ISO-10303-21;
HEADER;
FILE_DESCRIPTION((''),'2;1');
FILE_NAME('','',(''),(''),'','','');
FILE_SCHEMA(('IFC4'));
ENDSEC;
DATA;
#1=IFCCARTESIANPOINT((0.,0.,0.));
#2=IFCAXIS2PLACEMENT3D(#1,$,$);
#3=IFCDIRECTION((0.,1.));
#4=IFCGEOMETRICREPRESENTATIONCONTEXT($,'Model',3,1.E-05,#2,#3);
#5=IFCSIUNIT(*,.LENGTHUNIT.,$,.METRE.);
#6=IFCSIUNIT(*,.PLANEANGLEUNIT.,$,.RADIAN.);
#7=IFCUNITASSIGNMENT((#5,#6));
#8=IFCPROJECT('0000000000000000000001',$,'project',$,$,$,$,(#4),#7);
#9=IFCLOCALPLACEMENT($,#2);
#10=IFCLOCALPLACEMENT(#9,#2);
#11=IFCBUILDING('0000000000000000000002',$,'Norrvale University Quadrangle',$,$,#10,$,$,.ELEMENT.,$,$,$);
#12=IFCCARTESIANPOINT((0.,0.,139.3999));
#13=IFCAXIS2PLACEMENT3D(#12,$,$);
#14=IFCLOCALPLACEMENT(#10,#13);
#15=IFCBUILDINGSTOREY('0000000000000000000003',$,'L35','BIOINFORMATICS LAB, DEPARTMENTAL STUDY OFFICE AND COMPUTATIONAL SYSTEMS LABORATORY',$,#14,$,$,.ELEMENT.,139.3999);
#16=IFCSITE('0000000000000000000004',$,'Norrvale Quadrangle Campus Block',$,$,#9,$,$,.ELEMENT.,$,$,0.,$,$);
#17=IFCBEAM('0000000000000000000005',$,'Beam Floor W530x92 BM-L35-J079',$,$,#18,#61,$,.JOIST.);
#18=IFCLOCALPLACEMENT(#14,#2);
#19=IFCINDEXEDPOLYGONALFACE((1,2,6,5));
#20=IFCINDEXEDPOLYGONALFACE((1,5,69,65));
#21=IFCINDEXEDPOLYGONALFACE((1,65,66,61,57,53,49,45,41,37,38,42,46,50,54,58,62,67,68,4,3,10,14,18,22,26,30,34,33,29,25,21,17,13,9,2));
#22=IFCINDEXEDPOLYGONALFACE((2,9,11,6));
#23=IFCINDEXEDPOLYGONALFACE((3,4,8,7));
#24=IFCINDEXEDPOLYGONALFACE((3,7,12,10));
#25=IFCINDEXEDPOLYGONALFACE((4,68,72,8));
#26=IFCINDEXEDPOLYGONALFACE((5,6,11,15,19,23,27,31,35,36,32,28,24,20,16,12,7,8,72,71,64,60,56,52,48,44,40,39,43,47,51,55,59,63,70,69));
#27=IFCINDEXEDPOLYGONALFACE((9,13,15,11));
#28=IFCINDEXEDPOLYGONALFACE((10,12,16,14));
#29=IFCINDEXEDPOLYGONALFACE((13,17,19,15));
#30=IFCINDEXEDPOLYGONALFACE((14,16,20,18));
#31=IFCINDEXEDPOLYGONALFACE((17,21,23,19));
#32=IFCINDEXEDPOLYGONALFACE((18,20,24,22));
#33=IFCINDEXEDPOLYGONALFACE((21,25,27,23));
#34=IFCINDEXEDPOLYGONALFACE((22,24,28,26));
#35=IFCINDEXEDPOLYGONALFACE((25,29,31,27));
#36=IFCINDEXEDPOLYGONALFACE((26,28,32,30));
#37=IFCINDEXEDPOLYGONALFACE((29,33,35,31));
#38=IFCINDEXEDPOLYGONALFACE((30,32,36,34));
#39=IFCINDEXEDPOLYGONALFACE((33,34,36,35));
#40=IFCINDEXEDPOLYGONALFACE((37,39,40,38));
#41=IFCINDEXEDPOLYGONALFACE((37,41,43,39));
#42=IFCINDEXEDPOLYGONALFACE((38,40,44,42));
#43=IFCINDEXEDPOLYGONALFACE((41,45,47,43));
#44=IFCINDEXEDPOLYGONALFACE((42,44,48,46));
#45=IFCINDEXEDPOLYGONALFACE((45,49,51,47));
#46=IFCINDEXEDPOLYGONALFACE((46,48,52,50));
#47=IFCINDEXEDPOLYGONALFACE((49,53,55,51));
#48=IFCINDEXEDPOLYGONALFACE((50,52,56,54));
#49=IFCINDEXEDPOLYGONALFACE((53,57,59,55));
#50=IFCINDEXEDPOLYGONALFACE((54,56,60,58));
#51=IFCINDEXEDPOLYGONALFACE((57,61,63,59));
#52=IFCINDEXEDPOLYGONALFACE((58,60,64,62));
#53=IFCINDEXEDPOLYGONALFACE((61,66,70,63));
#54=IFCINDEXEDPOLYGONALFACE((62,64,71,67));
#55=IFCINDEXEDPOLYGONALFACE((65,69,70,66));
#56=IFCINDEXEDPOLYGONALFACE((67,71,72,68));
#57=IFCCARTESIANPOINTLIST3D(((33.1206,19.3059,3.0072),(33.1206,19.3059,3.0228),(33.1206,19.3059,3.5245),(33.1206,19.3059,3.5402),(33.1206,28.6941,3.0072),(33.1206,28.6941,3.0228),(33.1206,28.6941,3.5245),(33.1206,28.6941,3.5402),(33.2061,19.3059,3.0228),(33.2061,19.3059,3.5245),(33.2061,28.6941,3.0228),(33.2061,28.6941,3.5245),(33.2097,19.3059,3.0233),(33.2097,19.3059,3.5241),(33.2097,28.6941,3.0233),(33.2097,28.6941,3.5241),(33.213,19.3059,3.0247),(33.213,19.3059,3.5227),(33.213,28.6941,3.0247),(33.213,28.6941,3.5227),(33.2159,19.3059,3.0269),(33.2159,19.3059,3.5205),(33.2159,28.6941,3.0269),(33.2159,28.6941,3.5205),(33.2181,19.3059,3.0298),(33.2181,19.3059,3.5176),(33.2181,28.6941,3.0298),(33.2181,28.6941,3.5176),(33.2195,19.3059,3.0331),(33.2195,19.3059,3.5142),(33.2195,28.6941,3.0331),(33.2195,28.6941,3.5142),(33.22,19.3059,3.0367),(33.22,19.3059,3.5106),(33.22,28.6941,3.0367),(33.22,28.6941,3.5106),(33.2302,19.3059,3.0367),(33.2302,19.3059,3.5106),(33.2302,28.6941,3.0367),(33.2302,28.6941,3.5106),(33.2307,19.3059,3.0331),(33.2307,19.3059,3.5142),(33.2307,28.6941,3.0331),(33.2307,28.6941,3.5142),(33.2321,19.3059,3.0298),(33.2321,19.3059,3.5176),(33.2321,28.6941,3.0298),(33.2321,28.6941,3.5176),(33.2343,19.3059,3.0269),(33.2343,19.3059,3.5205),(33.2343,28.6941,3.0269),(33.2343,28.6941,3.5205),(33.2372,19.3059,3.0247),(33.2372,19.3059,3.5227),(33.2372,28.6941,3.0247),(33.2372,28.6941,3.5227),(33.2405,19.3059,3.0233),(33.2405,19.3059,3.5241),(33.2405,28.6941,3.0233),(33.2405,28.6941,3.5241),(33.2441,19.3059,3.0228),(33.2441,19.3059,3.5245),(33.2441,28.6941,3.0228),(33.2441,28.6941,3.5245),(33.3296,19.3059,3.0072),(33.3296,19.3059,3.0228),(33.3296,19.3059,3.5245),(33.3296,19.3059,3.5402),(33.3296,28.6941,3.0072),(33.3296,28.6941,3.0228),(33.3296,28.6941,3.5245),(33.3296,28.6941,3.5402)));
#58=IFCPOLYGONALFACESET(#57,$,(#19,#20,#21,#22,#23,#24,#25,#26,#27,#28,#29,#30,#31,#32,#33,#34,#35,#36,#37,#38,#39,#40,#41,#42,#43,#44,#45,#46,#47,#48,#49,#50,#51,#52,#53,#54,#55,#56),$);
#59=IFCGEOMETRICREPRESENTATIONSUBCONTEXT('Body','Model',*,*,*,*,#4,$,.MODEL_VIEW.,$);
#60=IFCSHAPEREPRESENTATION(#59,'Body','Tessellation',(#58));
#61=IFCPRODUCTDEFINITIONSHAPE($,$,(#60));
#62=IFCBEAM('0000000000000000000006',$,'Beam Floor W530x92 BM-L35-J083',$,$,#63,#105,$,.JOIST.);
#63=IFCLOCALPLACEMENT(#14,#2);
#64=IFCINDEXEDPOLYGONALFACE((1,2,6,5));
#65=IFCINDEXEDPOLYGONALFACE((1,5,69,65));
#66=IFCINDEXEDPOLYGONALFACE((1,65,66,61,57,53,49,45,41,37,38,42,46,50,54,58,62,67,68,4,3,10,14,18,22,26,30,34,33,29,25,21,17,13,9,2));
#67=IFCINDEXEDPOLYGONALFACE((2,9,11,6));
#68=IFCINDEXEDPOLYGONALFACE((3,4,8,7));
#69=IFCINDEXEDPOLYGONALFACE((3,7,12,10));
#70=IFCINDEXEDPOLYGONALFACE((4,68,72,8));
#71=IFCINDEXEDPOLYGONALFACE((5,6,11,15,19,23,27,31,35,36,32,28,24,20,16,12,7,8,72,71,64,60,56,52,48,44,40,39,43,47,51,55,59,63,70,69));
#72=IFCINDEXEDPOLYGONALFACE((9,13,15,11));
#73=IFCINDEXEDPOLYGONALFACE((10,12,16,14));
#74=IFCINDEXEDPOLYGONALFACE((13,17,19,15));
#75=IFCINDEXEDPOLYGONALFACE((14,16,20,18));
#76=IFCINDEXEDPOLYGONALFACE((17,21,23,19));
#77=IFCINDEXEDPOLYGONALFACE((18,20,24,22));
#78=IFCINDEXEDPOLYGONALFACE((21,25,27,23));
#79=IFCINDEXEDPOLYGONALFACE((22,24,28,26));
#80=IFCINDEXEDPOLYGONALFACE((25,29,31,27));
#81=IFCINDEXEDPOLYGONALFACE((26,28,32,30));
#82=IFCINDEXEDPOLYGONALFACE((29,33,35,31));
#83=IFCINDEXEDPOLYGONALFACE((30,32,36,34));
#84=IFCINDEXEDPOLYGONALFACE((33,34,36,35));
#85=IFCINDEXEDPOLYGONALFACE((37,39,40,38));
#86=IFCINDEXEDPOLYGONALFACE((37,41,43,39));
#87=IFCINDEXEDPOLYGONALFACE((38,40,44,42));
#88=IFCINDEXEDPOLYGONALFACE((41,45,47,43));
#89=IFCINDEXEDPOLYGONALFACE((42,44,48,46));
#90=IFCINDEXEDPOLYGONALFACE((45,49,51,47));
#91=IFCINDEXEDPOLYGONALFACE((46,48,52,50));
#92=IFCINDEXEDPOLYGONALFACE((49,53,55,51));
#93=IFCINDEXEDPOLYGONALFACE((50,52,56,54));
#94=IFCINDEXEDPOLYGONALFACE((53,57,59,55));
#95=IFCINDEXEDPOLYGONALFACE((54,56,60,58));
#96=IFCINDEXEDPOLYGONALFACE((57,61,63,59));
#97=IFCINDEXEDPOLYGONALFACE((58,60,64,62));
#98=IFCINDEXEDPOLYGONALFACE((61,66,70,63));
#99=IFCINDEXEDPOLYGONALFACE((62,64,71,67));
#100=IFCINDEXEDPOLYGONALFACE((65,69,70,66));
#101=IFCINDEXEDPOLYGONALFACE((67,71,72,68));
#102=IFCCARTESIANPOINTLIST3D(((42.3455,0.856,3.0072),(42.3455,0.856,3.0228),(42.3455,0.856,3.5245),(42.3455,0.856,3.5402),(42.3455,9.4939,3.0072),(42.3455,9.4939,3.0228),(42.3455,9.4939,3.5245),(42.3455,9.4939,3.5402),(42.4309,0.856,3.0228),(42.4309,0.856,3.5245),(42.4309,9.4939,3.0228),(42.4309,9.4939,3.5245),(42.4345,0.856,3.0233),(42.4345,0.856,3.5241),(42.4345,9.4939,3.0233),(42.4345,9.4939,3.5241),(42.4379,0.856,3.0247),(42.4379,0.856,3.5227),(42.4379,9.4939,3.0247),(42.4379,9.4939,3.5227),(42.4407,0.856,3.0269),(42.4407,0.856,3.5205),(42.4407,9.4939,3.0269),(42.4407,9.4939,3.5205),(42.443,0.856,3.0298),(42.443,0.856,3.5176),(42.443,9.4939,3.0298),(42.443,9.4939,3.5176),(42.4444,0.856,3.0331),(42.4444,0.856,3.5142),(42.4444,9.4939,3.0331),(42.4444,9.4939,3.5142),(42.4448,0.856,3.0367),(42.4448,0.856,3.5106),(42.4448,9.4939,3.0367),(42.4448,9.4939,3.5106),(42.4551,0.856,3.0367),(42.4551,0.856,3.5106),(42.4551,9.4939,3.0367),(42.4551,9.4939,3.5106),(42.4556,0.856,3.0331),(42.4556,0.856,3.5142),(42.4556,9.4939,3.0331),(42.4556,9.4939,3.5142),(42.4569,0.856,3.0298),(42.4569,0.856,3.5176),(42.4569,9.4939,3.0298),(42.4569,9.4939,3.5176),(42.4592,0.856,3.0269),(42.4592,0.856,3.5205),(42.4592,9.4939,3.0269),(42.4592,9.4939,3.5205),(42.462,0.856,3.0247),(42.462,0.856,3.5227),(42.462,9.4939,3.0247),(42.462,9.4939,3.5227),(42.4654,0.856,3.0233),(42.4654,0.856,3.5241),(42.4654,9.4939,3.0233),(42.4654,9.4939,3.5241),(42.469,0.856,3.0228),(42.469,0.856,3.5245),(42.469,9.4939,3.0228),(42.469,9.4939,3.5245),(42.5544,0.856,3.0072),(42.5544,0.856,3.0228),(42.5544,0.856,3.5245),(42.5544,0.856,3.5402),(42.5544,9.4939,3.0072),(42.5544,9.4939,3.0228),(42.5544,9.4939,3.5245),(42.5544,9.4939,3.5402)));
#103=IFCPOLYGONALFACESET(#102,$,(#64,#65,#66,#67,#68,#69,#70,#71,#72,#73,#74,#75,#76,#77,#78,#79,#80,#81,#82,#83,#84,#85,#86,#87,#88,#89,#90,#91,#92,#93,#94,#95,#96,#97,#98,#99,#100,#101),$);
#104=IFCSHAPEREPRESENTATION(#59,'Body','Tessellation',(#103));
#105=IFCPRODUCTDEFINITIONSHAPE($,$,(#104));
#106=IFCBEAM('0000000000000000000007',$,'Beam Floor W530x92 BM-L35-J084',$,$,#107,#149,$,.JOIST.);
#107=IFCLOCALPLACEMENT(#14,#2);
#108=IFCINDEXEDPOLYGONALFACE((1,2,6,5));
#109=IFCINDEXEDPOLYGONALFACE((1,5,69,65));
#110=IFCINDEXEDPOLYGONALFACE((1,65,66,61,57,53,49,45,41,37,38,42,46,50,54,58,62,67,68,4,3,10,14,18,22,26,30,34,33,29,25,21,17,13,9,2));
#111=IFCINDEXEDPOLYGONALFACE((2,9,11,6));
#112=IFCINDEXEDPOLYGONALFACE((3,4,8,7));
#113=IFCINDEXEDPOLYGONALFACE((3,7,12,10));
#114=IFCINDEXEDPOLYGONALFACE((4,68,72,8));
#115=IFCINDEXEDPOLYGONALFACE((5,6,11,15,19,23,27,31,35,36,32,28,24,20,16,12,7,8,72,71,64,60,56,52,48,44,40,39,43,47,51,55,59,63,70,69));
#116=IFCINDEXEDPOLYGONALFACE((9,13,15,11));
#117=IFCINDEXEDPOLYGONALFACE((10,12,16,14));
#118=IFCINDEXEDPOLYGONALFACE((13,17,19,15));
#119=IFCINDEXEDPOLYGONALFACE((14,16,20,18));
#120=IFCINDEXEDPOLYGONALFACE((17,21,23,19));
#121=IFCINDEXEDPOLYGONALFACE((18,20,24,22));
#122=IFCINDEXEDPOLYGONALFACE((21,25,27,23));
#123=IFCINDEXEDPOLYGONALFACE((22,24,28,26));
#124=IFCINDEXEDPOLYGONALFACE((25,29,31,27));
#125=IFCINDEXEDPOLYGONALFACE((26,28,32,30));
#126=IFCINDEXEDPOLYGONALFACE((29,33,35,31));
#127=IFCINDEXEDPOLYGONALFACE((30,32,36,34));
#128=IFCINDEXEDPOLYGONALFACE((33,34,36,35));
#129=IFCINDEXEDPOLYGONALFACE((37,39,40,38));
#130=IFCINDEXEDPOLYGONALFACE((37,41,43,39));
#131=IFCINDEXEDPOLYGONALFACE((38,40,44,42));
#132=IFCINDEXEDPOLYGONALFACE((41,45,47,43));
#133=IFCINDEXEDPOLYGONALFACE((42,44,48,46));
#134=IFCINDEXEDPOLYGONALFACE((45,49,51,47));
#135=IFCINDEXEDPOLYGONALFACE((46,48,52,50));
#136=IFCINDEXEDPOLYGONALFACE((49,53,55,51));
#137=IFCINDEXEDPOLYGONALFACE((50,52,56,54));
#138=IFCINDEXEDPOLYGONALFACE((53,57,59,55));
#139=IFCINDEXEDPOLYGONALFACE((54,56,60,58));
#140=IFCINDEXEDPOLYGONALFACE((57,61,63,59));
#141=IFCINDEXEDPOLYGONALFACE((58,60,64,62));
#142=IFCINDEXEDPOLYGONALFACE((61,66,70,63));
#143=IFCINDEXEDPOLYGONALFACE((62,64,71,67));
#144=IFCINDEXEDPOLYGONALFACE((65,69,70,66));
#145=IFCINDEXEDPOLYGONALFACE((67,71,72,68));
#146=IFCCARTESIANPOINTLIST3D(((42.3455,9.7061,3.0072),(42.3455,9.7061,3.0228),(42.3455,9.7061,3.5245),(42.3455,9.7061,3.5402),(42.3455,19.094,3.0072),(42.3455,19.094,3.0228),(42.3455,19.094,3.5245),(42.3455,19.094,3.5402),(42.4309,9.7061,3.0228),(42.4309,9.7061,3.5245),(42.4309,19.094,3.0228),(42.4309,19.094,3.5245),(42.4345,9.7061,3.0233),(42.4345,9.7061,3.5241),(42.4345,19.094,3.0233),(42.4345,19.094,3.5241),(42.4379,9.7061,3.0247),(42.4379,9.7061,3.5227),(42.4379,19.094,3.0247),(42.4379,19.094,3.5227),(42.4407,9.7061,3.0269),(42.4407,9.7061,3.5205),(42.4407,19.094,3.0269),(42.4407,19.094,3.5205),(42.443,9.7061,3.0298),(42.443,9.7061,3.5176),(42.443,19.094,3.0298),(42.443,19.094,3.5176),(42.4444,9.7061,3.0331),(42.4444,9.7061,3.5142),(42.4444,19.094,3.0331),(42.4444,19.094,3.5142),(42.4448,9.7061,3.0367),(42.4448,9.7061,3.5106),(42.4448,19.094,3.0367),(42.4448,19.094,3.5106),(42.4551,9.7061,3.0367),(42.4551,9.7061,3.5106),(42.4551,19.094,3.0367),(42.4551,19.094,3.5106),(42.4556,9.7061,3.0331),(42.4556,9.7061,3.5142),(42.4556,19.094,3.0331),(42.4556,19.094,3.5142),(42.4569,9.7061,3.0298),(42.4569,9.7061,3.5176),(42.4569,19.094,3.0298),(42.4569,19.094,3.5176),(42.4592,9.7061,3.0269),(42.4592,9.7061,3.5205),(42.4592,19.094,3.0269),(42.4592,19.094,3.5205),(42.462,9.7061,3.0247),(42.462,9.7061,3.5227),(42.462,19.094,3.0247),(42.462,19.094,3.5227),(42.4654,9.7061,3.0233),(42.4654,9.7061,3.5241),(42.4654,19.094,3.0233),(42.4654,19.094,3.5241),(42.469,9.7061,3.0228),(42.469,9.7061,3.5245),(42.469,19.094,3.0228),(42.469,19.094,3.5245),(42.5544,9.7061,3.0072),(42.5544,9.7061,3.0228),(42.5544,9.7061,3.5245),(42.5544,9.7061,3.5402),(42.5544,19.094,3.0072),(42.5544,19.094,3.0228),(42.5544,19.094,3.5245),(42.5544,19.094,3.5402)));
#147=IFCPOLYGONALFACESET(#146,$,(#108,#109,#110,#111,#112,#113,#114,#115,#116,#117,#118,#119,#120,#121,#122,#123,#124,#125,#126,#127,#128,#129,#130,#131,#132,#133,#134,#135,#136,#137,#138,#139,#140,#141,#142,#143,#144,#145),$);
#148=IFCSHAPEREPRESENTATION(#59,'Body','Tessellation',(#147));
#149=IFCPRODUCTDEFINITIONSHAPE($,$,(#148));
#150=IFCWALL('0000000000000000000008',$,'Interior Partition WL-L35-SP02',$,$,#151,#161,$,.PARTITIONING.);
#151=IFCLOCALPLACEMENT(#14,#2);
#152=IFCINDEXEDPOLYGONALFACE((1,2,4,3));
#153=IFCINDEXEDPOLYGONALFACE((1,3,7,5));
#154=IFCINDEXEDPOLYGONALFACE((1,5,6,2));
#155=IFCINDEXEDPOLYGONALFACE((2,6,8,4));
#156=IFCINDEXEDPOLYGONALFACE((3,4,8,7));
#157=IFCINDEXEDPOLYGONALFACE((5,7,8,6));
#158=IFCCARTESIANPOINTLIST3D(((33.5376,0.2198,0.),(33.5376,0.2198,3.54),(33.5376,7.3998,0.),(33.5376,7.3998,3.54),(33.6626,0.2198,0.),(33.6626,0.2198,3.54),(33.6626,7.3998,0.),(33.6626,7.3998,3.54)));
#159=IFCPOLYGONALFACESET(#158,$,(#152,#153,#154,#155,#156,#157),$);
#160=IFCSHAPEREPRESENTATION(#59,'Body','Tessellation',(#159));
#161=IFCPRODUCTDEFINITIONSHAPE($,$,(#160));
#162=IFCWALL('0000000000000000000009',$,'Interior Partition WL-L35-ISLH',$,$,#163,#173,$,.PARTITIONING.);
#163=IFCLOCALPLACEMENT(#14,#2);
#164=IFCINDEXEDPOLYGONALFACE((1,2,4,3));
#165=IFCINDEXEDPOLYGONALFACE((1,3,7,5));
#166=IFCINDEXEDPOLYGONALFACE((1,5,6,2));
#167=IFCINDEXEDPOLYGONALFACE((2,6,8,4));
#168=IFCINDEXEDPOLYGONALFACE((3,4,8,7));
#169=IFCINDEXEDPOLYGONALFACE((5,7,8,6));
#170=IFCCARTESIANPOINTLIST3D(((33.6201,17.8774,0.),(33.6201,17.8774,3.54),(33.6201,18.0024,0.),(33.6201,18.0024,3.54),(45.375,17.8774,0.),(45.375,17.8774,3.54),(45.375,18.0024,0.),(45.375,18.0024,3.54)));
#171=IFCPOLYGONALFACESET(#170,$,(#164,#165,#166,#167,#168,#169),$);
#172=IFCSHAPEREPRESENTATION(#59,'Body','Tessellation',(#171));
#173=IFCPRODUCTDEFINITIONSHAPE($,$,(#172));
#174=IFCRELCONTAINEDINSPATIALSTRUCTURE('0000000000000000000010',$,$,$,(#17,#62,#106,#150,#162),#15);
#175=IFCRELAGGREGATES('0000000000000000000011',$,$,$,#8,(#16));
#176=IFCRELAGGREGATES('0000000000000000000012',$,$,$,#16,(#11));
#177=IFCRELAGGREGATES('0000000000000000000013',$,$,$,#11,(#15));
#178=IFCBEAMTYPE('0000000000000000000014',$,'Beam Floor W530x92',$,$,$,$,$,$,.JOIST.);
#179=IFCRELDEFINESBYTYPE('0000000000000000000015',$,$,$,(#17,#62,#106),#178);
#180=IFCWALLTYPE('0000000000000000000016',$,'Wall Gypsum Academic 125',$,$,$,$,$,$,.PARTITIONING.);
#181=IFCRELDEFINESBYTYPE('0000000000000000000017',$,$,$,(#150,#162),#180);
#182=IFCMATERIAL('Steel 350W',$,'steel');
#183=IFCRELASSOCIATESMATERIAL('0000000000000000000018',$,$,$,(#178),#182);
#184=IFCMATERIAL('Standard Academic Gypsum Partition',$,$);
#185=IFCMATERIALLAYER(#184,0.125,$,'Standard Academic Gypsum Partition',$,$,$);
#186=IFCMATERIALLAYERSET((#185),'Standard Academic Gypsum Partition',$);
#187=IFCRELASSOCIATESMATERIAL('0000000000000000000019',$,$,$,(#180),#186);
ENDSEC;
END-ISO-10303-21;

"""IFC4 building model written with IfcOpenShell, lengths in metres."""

from ifc_helpers import new_model, si_unit, direction, frame, frame_2d, origin, origin_2d, place, context, subcontext, project, spatial, rectangle, i_section, extrude, material, layer, layer_set, material_profile, profile_set, type_object, element, save


model = new_model("IFC4")

# Units and contexts
model_context = context("Model", 3, precision=1e-05, world=origin(), true_north=direction((0.0, 1.0)))
body_context = subcontext(model_context, "Body", "Model", "MODEL_VIEW")
ifc_project = project(units=[si_unit("LENGTHUNIT", "METRE"), si_unit("PLANEANGLEUNIT", "RADIAN")], contexts=[model_context])

# Site, building, storey
site_placement = place(None, origin())
site = spatial("IfcSite", under=ifc_project, at=site_placement, Name="Norrvale Quadrangle Campus Block", CompositionType="ELEMENT", RefElevation=0.0)
building_placement = place(site_placement, origin())
building = spatial("IfcBuilding", under=site, at=building_placement, Name="Norrvale University Quadrangle", CompositionType="ELEMENT")
storey_placement = place(building_placement, frame((0.0, 0.0, 139.3999)))
storey = spatial("IfcBuildingStorey", under=building, at=storey_placement, Name="L35", Description="BIOINFORMATICS LAB, DEPARTMENTAL STUDY OFFICE AND COMPUTATIONAL SYSTEMS LABORATORY", CompositionType="ELEMENT", Elevation=139.3999)

# Beams
ifc_material_1 = material(Name="Steel 350W", Category="steel")
ifc_material_profile_1 = material_profile(ifc_material_1, i_section(OverallWidth=0.209, OverallDepth=0.533, WebThickness=0.0103, FlangeThickness=0.0156, FilletRadius=0.0139, at=origin_2d()), Name="Steel 350W")
ifc_profile_set_1 = profile_set([ifc_material_profile_1], Name="Steel 350W")
beam_type_1 = type_object("IfcBeamType", Name="Beam Floor W530x92", PredefinedType="JOIST", material=ifc_profile_set_1)
beam_1_placement = place(storey_placement, frame((33.2251, 19.3059, 3.2737), z_axis=(0.0, 1.0, 0.0), x_axis=(-1.0, 0.0, 0.0)))
element("IfcBeam", 1, at=beam_1_placement, inside=storey, type_object=beam_type_1, Name="Beam Floor W530x92 BM-L35-J079", PredefinedType="JOIST", context=body_context, shape_type="SweptSolid", body=[
    extrude(i_section(OverallWidth=0.209, OverallDepth=0.533, WebThickness=0.0103, FlangeThickness=0.0156, FilletRadius=0.0139, at=origin_2d()), origin(), (0.0, 0.0, 1.0), 9.3882),
])
beam_2_placement = place(storey_placement, frame((42.45, 0.856, 3.2737), z_axis=(0.0, 1.0, 0.0), x_axis=(-1.0, 0.0, 0.0)))
element("IfcBeam", 2, at=beam_2_placement, inside=storey, type_object=beam_type_1, Name="Beam Floor W530x92 BM-L35-J083", PredefinedType="JOIST", context=body_context, shape_type="SweptSolid", body=[
    extrude(i_section(OverallWidth=0.209, OverallDepth=0.533, WebThickness=0.0103, FlangeThickness=0.0156, FilletRadius=0.0139, at=origin_2d()), origin(), (0.0, 0.0, 1.0), 8.6379),
])
beam_3_placement = place(storey_placement, frame((42.45, 9.7061, 3.2737), z_axis=(0.0, 1.0, 0.0), x_axis=(-1.0, 0.0, 0.0)))
element("IfcBeam", 3, at=beam_3_placement, inside=storey, type_object=beam_type_1, Name="Beam Floor W530x92 BM-L35-J084", PredefinedType="JOIST", context=body_context, shape_type="SweptSolid", body=[
    extrude(i_section(OverallWidth=0.209, OverallDepth=0.533, WebThickness=0.0103, FlangeThickness=0.0156, FilletRadius=0.0139, at=origin_2d()), origin(), (0.0, 0.0, 1.0), 9.3879),
])

# Walls
ifc_material_2 = material(Name="Standard Academic Gypsum Partition")
ifc_layer_1 = layer(ifc_material_2, 0.125, Name="Standard Academic Gypsum Partition")
ifc_layer_set_1 = layer_set([ifc_layer_1], Name="Standard Academic Gypsum Partition")
wall_type_1 = type_object("IfcWallType", Name="Wall Gypsum Academic 125", PredefinedType="PARTITIONING", material=ifc_layer_set_1)
wall_1_placement = place(storey_placement, frame((33.6001, 0.22, 0.0), z_axis=(0.0, 0.0, 1.0), x_axis=(0.0, 1.0, 0.0)))
element("IfcWall", 4, at=wall_1_placement, inside=storey, type_object=wall_type_1, Name="Interior Partition WL-L35-SP02", PredefinedType="PARTITIONING", context=body_context, shape_type="SweptSolid", body=[
    extrude(rectangle(XDim=7.1799, YDim=0.125, at=frame_2d((3.5898, 0.0))), origin(), (0.0, 0.0, 1.0), 3.54),
])
wall_2_placement = place(storey_placement, frame((33.6201, 17.9399, 0.0), z_axis=(0.0, 0.0, 1.0), x_axis=(1.0, 0.0, 0.0)))
element("IfcWall", 5, at=wall_2_placement, inside=storey, type_object=wall_type_1, Name="Interior Partition WL-L35-ISLH", PredefinedType="PARTITIONING", context=body_context, shape_type="SweptSolid", body=[
    extrude(rectangle(XDim=11.7549, YDim=0.125, at=frame_2d((5.8774, 0.0))), origin(), (0.0, 0.0, 1.0), 3.54),
])

save(model, "model.ifc")
